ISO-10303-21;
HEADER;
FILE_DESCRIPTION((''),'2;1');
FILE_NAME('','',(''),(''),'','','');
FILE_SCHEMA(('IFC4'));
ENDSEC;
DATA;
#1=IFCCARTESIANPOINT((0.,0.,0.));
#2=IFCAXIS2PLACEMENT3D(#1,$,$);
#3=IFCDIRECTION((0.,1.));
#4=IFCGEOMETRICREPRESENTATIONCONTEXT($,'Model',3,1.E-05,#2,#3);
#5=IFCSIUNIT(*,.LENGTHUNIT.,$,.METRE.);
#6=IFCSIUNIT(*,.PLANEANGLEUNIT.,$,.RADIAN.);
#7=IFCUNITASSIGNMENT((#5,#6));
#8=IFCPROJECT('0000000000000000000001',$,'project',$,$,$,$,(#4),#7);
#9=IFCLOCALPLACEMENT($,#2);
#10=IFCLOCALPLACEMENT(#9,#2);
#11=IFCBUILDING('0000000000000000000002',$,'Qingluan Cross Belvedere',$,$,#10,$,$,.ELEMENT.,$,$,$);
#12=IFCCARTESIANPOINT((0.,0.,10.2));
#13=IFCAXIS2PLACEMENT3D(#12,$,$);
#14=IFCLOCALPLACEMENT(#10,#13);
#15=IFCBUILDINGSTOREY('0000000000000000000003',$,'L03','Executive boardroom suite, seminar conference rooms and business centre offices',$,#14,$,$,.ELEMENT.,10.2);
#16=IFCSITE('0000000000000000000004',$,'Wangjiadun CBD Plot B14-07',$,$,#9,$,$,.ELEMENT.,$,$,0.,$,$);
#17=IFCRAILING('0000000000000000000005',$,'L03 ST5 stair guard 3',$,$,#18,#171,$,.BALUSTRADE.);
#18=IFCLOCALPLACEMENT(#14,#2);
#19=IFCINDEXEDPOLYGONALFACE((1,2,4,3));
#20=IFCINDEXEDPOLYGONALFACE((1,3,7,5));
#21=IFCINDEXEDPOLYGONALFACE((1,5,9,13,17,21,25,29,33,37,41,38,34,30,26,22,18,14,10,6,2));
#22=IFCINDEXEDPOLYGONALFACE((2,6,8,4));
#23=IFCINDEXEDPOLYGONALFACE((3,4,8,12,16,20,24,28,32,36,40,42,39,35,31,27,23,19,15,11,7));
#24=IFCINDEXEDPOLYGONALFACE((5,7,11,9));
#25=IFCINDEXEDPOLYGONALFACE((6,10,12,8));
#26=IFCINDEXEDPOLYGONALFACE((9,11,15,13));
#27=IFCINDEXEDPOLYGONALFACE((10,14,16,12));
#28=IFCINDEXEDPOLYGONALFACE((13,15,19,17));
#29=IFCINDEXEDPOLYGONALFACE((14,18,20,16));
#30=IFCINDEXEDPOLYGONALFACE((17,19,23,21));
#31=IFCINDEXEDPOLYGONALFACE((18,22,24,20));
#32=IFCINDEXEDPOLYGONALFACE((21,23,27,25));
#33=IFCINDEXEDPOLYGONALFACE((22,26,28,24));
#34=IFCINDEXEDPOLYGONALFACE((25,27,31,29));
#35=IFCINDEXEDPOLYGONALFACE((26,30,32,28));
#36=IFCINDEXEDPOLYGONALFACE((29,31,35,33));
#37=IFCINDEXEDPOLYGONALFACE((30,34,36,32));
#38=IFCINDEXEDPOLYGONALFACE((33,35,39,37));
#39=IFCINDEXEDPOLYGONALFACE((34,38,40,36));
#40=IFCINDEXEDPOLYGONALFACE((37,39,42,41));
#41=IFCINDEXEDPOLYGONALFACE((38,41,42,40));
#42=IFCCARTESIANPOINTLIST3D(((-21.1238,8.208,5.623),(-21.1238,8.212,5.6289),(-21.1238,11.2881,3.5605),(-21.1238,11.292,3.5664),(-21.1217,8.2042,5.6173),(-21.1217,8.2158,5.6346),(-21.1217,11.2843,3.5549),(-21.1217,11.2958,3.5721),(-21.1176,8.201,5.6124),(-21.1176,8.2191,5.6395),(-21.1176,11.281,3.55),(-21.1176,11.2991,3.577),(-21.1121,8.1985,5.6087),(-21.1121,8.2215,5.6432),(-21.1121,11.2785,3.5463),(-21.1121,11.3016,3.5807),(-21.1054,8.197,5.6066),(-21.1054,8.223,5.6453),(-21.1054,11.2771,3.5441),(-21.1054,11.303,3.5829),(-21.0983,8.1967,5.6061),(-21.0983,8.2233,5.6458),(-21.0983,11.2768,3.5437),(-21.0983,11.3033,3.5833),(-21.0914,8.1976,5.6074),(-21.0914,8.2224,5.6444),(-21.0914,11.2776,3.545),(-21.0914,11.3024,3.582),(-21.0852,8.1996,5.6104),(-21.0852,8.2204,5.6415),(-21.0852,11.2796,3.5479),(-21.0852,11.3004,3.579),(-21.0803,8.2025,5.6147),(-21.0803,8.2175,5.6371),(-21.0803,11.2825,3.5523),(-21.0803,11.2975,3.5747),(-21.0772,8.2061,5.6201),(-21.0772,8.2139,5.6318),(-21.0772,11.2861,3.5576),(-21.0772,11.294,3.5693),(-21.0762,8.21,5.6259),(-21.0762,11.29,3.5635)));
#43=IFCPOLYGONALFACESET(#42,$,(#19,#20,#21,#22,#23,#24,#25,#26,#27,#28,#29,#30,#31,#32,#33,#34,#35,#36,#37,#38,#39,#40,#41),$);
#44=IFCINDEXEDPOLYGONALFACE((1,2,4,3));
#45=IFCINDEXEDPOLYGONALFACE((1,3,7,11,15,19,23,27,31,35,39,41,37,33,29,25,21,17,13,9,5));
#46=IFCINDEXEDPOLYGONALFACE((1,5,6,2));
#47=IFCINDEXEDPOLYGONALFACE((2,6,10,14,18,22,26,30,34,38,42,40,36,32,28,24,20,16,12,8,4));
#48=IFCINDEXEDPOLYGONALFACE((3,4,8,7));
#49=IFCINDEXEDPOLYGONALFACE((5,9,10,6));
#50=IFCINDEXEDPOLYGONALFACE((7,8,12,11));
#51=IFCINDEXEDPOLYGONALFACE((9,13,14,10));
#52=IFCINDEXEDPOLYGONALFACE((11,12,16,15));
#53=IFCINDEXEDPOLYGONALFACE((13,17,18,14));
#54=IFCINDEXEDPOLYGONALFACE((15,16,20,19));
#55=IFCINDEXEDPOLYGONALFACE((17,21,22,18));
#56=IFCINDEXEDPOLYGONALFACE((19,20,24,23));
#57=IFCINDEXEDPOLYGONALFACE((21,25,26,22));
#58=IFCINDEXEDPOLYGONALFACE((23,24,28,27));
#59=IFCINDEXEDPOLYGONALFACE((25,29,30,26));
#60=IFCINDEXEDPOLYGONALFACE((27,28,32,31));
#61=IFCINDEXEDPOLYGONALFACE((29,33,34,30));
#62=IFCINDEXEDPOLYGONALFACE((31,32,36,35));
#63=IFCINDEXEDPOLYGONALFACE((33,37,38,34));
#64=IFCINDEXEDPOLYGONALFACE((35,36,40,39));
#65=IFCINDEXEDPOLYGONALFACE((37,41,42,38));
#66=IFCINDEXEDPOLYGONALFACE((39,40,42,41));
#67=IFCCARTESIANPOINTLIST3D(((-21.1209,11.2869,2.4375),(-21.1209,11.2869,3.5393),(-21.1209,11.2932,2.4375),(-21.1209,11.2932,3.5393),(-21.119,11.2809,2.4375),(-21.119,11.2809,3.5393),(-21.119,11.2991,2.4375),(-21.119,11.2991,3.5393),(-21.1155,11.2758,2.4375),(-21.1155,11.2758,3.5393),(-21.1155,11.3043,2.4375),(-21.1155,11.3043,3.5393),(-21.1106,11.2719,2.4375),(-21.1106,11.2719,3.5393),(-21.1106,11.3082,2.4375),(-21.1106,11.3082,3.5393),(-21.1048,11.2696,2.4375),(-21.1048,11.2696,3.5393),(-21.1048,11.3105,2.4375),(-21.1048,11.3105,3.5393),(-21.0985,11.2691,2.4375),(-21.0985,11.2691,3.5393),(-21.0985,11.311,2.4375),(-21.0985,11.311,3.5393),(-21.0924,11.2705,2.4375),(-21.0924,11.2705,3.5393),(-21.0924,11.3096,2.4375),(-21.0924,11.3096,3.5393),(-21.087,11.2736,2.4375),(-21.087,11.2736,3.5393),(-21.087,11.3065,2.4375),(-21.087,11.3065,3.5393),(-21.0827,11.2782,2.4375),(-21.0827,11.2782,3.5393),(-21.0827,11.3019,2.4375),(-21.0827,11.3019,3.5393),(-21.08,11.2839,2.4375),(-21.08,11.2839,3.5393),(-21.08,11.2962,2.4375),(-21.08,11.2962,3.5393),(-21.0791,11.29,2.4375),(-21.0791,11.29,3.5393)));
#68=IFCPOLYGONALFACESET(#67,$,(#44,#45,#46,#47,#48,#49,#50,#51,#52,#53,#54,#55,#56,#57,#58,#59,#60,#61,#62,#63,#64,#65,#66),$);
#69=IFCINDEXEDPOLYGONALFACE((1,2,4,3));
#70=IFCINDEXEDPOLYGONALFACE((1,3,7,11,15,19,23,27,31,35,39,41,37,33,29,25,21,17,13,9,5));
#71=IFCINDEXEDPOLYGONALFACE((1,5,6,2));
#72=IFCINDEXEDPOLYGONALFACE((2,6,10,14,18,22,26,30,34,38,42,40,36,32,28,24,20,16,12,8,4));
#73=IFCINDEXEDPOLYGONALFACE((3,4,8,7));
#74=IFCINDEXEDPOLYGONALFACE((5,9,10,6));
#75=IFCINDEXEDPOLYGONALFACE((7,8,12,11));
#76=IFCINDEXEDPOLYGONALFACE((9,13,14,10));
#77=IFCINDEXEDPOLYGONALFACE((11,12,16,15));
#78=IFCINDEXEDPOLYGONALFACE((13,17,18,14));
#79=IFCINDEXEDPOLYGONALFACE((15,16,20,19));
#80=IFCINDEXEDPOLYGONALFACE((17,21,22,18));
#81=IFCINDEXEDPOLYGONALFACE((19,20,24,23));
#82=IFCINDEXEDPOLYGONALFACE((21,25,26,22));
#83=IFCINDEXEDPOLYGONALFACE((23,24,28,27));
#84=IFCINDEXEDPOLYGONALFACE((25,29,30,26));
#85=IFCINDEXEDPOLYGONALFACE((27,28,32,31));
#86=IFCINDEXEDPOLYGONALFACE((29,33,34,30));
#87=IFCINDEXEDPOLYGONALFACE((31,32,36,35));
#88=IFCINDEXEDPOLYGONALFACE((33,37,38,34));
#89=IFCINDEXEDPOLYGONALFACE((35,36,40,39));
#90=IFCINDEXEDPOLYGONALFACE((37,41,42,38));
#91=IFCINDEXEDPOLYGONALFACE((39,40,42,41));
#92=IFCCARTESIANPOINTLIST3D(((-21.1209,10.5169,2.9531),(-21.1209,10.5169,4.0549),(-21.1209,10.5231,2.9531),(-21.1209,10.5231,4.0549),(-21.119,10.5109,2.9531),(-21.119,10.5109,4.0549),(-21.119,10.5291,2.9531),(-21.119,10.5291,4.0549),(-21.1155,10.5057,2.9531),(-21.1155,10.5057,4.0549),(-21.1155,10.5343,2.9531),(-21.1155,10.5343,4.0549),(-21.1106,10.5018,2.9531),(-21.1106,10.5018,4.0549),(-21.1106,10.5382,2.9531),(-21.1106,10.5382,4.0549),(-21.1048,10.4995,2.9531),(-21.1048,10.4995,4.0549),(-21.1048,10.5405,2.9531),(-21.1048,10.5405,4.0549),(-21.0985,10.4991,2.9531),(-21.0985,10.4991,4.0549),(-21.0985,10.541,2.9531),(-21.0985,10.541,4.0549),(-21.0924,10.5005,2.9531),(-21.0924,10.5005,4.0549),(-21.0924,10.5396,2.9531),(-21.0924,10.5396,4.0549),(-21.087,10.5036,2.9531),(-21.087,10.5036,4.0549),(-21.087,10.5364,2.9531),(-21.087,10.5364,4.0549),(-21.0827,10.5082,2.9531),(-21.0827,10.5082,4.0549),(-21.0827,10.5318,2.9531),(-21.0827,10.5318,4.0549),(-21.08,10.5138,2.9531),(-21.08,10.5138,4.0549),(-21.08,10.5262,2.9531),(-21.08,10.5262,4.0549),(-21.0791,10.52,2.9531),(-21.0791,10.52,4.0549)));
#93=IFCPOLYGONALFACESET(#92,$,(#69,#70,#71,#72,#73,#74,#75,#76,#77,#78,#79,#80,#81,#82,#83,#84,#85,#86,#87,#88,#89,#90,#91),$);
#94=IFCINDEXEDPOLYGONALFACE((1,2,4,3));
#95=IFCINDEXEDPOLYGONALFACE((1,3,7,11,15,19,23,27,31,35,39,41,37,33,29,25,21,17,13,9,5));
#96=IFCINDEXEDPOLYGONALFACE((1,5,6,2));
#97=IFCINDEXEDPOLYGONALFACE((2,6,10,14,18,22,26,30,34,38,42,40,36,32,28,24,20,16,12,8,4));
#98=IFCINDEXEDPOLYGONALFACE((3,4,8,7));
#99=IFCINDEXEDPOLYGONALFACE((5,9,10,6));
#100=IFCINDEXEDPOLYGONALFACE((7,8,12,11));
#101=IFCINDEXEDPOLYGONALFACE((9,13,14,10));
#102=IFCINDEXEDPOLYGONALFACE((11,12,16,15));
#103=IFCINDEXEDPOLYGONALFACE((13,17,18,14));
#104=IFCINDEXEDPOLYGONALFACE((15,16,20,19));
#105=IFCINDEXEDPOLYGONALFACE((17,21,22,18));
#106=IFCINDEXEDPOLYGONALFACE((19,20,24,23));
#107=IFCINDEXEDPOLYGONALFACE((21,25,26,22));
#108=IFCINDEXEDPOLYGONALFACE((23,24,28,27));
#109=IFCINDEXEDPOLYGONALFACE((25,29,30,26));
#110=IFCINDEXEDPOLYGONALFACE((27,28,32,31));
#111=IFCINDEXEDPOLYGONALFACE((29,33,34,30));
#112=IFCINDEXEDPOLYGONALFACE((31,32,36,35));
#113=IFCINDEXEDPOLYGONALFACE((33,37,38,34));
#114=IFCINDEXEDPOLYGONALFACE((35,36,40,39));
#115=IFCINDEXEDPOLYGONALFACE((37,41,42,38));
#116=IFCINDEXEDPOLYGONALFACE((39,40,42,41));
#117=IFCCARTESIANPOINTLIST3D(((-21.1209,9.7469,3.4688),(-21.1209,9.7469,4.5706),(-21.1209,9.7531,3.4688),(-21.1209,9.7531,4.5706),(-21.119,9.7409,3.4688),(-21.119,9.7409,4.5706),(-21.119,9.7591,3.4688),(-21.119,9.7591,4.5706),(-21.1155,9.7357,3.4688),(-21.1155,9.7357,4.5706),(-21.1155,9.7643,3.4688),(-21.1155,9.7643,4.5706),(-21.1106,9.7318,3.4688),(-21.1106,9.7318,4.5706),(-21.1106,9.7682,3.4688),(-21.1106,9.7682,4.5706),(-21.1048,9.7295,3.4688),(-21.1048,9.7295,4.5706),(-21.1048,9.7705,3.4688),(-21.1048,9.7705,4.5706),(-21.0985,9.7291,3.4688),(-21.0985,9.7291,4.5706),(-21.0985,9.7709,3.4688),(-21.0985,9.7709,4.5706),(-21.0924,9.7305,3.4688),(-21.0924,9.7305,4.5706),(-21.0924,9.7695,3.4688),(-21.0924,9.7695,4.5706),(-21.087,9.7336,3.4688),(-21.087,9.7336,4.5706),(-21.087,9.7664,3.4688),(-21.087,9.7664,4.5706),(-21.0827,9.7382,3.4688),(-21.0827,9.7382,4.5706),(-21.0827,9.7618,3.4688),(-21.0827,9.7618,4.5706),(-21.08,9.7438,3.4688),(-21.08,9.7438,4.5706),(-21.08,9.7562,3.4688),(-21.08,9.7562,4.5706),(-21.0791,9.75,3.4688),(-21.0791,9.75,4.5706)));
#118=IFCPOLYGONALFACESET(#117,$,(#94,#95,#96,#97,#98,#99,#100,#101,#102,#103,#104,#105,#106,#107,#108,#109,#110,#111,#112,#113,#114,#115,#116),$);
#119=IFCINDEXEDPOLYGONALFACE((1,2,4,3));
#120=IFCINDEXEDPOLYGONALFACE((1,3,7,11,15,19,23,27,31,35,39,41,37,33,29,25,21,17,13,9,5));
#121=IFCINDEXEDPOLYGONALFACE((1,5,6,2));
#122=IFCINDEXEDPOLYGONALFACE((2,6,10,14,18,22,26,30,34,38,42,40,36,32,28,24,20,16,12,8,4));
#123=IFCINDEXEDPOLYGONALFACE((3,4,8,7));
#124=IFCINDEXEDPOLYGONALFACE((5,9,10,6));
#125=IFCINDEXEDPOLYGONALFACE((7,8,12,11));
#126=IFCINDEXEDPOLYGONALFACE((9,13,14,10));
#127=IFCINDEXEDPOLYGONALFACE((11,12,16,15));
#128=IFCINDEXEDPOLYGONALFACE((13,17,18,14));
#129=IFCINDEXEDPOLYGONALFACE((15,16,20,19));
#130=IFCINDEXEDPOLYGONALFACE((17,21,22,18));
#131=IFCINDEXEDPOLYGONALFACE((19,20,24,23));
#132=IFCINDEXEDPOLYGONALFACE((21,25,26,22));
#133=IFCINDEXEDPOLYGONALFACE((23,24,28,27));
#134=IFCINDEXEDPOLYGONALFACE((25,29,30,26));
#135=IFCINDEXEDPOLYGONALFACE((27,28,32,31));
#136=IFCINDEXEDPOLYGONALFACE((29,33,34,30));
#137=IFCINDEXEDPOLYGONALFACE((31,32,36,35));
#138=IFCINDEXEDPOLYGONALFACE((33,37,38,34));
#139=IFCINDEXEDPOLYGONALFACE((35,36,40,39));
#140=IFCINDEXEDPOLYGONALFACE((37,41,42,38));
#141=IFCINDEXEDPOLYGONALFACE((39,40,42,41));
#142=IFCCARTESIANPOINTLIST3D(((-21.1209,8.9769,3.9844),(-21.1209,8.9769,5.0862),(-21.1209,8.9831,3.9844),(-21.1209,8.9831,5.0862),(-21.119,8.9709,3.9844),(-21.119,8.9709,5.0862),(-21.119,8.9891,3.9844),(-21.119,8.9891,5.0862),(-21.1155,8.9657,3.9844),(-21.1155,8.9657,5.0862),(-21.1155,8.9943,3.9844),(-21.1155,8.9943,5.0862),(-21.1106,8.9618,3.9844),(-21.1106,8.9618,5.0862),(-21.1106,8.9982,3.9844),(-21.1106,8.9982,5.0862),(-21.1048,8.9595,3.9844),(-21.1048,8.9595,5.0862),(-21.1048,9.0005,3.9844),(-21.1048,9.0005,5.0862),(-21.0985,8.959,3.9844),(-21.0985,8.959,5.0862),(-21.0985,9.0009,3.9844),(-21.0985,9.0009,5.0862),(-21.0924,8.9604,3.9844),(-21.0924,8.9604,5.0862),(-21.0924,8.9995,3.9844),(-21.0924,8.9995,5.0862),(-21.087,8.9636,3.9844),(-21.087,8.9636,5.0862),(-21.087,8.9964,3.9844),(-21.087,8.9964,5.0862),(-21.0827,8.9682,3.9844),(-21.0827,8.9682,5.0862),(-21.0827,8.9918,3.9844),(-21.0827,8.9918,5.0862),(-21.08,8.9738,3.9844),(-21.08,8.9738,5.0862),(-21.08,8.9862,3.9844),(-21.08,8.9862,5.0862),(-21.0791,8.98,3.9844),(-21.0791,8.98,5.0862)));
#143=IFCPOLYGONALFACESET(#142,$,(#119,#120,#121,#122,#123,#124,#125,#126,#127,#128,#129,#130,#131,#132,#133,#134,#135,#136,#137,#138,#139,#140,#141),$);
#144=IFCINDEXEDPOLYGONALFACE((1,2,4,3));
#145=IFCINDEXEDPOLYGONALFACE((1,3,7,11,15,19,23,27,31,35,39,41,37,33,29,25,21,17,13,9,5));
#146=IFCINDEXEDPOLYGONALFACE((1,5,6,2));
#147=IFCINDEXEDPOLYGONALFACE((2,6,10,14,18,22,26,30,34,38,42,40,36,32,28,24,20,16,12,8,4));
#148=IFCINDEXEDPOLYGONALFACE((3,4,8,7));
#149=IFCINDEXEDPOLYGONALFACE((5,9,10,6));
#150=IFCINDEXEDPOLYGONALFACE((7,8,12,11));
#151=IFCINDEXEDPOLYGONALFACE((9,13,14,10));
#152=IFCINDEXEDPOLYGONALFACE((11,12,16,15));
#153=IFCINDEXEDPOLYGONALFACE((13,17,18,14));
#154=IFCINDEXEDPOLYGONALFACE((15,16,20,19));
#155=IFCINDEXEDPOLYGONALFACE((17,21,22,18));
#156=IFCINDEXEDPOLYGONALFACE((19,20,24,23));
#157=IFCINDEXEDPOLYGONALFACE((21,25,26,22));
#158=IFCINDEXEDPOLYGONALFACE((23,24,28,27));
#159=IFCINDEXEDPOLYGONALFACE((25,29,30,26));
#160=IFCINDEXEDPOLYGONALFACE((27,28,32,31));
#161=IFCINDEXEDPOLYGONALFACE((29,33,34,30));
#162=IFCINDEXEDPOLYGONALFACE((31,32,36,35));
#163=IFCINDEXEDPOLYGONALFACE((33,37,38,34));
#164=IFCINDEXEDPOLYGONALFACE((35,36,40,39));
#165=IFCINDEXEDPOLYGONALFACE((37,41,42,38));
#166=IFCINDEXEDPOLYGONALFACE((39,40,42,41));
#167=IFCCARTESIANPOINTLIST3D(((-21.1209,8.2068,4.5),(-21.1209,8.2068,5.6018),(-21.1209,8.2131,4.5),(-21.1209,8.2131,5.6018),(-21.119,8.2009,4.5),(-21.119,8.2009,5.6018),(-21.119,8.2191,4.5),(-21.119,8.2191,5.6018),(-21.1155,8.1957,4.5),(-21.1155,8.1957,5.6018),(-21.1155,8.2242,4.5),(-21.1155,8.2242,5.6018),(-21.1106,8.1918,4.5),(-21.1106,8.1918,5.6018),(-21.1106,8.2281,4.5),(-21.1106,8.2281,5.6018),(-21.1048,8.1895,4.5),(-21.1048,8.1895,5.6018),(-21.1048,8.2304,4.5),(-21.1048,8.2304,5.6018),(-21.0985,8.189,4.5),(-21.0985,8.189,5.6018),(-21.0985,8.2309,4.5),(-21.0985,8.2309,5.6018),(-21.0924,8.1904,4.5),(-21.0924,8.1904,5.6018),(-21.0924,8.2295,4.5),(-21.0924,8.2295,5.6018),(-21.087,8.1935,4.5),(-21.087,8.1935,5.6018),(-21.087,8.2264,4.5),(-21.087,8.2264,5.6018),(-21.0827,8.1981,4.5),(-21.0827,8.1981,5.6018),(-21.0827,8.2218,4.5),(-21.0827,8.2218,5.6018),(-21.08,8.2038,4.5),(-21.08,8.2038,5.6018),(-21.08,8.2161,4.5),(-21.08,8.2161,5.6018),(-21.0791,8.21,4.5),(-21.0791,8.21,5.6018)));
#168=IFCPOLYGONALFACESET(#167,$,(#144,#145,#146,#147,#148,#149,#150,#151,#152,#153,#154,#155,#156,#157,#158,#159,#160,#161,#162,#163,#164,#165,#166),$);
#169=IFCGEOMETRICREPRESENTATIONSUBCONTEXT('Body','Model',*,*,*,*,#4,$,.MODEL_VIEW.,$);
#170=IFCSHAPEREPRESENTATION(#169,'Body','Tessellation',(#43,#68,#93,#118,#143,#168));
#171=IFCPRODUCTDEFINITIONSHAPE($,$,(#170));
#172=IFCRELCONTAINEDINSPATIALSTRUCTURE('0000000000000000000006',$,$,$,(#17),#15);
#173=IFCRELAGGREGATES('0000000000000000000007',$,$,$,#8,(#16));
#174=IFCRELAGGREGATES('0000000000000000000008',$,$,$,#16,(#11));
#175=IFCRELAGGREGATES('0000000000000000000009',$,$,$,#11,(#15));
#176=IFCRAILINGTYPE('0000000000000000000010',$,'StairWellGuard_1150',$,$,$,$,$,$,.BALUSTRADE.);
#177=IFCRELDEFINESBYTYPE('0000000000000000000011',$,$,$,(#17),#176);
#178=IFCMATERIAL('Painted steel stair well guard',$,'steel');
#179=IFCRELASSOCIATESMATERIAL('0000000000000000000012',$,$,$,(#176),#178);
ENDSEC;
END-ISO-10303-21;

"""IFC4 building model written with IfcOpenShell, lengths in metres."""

from ifc_helpers import new_model, si_unit, direction, frame, origin, origin_2d, place, context, subcontext, project, spatial, circle, extrude, material, type_object, element, save


model = new_model("IFC4")

# Units and contexts
model_context = context("Model", 3, precision=1e-05, world=origin(), true_north=direction((0.0, 1.0)))
body_context = subcontext(model_context, "Body", "Model", "MODEL_VIEW")
ifc_project = project(units=[si_unit("LENGTHUNIT", "METRE"), si_unit("PLANEANGLEUNIT", "RADIAN")], contexts=[model_context])

# Site, building, storey
site_placement = place(None, origin())
site = spatial("IfcSite", under=ifc_project, at=site_placement, Name="Wangjiadun CBD Plot B14-07", CompositionType="ELEMENT", RefElevation=0.0)
building_placement = place(site_placement, origin())
building = spatial("IfcBuilding", under=site, at=building_placement, Name="Qingluan Cross Belvedere", CompositionType="ELEMENT")
storey_placement = place(building_placement, frame((0.0, 0.0, 10.2)))
storey = spatial("IfcBuildingStorey", under=building, at=storey_placement, Name="L03", Description="Executive boardroom suite, seminar conference rooms and business centre offices", CompositionType="ELEMENT", Elevation=10.2)

# Railing
ifc_material_1 = material(Name="Painted steel stair well guard", Category="steel")
railing_type_1 = type_object("IfcRailingType", Name="StairWellGuard_1150", PredefinedType="BALUSTRADE", material=ifc_material_1)
railing_1_placement = place(storey_placement, frame((-21.1001, 11.29, 2.4375)))
element("IfcRailing", 1, at=railing_1_placement, inside=storey, type_object=railing_type_1, Name="L03 ST5 stair guard 3", PredefinedType="BALUSTRADE", context=body_context, shape_type="SweptSolid", body=[
    extrude(circle(Radius=0.0239, at=origin_2d()), frame((0.0, 0.0, 1.126), z_axis=(0.0, -0.830914, 0.556401), x_axis=(1.0, 0.0, 0.0)), (0.0, 0.0, 1.0), 3.7068),
    extrude(circle(Radius=0.021, at=origin_2d()), origin(), (0.0, 0.0, 1.0), 1.1018),
    extrude(circle(Radius=0.021, at=origin_2d()), frame((0.0, -0.77, 0.5156)), (0.0, 0.0, 1.0), 1.1018),
    extrude(circle(Radius=0.021, at=origin_2d()), frame((0.0, -1.54, 1.0312)), (0.0, 0.0, 1.0), 1.1018),
    extrude(circle(Radius=0.021, at=origin_2d()), frame((0.0, -2.3101, 1.5469)), (0.0, 0.0, 1.0), 1.1018),
    extrude(circle(Radius=0.021, at=origin_2d()), frame((0.0, -3.0801, 2.0625)), (0.0, 0.0, 1.0), 1.1018),
])

save(model, "model.ifc")
